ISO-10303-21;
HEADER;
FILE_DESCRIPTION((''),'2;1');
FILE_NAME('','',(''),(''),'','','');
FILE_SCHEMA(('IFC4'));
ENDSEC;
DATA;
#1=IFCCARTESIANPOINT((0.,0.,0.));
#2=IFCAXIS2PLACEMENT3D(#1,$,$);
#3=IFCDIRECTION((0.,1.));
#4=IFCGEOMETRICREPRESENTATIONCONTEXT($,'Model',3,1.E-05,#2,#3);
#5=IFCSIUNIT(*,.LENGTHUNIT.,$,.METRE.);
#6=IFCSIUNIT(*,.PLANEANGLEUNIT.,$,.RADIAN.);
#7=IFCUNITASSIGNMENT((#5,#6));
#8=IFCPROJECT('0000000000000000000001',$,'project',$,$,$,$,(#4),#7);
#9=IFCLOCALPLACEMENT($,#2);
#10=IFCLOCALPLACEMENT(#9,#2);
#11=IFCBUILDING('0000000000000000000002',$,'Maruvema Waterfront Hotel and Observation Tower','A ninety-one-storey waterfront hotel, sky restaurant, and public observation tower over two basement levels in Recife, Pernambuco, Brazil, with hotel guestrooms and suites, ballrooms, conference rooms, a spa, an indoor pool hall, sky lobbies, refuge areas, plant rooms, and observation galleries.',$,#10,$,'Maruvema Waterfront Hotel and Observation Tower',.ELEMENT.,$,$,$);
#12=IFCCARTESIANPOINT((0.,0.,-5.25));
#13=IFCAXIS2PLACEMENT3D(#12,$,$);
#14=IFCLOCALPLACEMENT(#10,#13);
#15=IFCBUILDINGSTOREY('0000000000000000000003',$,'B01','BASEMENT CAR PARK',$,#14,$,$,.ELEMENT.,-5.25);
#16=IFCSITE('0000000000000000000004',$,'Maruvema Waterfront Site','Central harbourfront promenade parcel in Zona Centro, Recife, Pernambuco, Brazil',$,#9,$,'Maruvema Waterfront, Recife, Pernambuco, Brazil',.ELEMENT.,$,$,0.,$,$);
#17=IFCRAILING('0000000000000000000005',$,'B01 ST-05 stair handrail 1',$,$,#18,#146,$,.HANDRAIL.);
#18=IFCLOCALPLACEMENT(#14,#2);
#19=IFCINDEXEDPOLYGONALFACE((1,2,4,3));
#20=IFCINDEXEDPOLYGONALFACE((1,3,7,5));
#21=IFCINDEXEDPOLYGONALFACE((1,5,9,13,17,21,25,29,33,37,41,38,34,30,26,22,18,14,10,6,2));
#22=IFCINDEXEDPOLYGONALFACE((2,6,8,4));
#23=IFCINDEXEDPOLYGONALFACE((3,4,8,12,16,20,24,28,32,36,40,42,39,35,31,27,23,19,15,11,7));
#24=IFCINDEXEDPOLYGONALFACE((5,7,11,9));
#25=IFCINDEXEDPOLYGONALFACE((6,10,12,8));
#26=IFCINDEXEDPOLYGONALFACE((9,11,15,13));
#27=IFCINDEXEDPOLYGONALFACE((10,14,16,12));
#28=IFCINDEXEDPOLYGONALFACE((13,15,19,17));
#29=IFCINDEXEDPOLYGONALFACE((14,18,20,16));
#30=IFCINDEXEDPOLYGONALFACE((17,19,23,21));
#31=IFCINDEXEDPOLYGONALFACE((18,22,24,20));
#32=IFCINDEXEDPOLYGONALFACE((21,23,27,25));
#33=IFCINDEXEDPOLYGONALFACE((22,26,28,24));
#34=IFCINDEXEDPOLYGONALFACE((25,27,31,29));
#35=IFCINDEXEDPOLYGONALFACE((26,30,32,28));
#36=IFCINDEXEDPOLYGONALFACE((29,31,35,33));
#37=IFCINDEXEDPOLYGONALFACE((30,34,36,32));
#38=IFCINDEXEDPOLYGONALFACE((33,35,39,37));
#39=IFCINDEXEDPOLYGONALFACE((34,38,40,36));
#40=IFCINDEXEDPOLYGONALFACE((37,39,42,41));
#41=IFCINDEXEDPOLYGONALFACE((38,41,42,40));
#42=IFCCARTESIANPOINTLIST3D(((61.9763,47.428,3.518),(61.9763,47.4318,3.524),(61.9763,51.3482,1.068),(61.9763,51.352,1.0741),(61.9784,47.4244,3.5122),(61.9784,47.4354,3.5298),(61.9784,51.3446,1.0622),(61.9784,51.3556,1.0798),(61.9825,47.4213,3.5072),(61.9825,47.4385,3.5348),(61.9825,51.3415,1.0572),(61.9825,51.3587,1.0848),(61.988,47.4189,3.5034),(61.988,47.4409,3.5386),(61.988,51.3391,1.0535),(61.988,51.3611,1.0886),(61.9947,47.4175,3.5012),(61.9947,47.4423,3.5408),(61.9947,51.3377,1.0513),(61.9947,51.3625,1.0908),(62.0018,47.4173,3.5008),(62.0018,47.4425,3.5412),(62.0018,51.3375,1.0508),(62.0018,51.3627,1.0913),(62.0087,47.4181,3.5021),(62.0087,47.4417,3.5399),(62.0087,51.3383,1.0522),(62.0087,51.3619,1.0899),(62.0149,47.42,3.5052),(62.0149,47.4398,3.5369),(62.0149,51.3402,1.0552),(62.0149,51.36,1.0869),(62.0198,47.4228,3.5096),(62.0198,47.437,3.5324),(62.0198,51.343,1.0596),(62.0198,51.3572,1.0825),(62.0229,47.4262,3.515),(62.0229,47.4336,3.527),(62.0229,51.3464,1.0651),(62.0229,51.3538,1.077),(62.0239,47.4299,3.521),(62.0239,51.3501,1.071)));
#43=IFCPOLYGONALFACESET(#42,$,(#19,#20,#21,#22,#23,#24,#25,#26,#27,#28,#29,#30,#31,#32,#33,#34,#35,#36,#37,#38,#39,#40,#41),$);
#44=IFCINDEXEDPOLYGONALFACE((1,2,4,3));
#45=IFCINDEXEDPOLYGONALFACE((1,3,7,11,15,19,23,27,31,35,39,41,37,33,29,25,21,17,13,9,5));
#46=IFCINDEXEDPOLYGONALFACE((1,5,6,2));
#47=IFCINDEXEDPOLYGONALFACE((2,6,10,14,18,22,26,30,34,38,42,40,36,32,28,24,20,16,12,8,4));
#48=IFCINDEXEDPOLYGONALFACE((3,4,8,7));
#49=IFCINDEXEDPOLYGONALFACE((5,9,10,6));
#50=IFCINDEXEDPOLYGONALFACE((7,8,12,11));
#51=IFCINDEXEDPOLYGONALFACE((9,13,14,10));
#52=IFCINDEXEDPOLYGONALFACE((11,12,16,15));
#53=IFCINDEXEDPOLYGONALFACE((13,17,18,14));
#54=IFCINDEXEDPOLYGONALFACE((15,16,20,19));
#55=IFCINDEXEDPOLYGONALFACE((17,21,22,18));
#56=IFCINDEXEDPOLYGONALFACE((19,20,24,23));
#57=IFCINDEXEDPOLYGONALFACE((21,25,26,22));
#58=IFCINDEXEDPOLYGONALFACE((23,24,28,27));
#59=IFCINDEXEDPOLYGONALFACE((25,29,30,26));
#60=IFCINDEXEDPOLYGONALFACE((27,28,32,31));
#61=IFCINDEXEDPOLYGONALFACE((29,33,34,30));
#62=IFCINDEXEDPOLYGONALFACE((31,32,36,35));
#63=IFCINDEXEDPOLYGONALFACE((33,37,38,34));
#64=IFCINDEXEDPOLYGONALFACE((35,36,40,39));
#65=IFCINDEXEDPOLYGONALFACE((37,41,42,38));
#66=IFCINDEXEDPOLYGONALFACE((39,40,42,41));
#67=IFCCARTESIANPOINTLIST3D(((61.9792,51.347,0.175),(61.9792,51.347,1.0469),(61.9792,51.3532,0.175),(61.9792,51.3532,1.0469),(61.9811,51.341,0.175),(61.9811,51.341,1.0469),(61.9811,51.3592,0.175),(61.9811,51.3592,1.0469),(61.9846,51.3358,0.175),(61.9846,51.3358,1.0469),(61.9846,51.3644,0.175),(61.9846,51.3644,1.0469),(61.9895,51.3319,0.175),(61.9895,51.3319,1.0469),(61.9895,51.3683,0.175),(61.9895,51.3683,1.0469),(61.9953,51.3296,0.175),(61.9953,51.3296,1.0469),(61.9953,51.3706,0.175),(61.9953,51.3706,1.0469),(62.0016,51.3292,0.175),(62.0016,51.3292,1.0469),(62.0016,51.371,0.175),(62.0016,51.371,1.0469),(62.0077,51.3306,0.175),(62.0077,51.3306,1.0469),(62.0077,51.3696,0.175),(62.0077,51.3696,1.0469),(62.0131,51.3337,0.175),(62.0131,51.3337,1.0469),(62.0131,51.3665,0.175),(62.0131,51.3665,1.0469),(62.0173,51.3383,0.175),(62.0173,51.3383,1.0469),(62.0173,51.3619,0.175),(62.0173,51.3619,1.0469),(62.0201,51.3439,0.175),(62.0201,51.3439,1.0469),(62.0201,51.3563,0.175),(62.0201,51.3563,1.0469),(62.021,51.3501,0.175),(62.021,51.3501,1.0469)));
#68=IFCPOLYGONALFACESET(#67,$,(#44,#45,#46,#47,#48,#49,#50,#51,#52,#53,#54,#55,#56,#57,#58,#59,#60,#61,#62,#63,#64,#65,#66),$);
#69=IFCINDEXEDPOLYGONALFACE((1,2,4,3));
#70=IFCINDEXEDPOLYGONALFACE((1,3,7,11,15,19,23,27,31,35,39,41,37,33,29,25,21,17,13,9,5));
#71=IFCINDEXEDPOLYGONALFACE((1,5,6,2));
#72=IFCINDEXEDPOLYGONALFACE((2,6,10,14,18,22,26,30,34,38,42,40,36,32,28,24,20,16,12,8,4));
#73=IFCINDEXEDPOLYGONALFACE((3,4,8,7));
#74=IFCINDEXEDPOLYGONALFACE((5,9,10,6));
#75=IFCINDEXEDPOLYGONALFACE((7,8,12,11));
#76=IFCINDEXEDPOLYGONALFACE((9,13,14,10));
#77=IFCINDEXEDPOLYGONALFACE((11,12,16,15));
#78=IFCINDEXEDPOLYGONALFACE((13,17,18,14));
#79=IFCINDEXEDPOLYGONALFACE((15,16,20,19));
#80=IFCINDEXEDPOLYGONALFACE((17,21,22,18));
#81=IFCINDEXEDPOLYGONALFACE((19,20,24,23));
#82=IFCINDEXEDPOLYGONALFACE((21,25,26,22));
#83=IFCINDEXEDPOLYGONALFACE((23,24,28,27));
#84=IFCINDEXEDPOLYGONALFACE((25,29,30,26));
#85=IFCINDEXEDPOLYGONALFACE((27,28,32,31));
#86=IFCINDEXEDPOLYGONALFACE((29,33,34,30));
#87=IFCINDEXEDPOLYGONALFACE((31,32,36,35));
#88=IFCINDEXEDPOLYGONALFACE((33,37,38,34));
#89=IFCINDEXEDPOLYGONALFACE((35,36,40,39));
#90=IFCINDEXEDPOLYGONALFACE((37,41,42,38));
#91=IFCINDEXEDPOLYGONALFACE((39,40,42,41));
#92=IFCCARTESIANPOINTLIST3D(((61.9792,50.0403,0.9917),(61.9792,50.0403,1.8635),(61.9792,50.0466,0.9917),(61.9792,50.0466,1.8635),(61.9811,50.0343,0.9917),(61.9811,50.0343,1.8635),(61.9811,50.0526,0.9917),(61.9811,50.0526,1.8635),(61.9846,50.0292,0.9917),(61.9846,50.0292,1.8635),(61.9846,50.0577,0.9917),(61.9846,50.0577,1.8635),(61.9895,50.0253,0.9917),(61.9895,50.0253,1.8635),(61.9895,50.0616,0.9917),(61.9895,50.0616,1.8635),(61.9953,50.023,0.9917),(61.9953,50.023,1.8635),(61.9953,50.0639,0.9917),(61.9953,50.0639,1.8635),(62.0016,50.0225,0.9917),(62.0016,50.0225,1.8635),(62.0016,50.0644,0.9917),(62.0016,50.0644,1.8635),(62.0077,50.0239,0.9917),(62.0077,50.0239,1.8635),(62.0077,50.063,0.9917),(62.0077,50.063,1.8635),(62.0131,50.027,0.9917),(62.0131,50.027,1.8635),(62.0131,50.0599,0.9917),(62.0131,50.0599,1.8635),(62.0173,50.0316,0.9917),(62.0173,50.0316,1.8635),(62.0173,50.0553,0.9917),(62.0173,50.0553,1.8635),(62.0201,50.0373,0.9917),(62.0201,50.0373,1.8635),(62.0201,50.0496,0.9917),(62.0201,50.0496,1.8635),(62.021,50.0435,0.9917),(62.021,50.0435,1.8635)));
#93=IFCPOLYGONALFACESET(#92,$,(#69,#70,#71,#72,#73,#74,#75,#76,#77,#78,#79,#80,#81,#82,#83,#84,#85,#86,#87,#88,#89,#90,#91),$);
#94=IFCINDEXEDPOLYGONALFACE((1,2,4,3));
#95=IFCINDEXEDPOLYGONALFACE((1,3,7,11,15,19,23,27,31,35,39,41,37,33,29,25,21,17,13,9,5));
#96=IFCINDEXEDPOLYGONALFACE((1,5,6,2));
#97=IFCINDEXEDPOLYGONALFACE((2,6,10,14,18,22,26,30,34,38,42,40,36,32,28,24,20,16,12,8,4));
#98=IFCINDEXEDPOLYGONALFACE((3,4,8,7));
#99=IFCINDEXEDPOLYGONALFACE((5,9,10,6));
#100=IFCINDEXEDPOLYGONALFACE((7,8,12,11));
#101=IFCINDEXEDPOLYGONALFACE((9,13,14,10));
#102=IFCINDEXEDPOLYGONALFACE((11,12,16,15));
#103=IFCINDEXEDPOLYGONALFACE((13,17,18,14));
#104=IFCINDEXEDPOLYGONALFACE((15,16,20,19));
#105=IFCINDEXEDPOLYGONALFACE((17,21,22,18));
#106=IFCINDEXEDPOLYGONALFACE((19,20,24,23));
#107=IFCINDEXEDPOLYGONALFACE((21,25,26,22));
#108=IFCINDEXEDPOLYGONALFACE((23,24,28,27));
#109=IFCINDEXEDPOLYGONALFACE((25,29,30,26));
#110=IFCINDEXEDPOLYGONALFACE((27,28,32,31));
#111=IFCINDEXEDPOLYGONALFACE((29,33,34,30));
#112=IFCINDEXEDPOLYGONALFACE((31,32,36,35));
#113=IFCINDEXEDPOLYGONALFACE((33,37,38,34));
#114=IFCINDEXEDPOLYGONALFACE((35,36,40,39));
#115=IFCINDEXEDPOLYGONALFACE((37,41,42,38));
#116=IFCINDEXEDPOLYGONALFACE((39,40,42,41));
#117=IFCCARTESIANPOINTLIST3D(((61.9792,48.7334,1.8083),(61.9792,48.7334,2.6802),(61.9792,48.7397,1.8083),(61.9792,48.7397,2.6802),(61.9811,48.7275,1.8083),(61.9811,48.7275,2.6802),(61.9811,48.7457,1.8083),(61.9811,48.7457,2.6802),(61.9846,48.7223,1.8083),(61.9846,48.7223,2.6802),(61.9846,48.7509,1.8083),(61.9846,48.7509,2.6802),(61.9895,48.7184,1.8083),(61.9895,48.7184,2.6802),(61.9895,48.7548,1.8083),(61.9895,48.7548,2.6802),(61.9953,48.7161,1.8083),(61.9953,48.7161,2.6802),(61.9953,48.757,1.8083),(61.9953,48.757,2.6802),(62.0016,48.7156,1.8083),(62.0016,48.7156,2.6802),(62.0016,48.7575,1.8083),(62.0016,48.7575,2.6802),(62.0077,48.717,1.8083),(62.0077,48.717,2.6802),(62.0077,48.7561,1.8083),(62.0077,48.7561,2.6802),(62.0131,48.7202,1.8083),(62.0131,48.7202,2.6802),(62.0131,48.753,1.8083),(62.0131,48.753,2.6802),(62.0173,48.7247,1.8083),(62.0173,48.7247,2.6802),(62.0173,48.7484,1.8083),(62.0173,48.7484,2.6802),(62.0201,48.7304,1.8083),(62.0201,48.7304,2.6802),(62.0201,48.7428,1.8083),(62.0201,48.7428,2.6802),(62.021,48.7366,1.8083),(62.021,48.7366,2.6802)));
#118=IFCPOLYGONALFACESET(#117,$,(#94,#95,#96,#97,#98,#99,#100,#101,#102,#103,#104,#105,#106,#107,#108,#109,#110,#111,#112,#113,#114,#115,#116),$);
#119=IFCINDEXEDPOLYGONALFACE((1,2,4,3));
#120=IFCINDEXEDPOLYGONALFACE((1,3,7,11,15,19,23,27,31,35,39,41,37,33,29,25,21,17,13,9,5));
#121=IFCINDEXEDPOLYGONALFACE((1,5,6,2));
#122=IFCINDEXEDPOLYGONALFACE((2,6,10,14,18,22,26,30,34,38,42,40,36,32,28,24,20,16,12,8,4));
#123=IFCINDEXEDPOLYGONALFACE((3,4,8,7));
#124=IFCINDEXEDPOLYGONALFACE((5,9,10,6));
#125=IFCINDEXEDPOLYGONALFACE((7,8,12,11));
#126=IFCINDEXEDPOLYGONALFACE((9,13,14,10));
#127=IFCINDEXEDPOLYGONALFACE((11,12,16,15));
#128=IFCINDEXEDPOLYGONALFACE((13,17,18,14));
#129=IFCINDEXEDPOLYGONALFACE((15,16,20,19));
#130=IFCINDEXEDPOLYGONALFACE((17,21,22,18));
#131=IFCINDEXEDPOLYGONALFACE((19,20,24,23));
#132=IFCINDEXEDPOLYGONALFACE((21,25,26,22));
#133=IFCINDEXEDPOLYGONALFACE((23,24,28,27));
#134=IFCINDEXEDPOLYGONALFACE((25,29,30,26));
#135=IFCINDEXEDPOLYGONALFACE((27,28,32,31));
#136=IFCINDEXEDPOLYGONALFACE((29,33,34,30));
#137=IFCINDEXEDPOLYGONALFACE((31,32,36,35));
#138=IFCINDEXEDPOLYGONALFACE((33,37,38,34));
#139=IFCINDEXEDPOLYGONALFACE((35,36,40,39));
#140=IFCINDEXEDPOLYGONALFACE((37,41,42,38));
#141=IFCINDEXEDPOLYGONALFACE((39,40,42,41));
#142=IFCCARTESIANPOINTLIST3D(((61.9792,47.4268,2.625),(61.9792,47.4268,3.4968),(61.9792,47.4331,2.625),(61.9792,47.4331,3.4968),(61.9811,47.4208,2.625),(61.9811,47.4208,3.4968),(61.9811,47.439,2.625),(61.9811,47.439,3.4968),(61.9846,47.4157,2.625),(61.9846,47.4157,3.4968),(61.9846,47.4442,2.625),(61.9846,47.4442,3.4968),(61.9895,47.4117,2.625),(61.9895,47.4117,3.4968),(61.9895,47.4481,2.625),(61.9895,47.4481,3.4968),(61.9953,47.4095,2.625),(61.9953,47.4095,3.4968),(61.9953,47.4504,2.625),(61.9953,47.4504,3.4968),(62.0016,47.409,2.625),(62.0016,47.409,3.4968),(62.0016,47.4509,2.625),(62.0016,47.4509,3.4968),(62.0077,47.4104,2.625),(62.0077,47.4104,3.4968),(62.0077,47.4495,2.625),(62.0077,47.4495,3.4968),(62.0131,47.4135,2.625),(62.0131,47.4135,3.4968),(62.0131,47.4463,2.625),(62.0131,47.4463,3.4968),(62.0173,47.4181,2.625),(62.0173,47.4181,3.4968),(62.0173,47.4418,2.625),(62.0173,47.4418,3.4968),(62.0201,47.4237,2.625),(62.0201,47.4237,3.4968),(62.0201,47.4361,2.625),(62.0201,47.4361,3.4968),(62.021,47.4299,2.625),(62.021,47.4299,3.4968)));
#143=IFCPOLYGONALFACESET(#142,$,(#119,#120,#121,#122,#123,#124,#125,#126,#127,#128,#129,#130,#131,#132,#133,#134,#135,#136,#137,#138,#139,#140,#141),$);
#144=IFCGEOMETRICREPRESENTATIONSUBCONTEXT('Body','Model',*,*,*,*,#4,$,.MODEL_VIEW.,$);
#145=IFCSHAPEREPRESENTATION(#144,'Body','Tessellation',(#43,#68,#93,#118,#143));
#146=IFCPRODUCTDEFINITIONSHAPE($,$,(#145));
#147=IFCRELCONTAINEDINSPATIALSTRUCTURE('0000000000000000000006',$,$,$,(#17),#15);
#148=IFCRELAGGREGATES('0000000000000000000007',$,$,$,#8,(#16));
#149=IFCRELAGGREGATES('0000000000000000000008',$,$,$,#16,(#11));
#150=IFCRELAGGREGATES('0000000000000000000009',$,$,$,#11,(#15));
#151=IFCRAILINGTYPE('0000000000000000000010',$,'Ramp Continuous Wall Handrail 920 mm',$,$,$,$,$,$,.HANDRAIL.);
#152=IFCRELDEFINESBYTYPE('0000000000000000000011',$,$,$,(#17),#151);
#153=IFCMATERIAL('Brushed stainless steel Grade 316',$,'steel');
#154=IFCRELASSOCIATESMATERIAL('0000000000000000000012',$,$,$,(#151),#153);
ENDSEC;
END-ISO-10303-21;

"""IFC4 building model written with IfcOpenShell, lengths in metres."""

from ifc_helpers import new_model, si_unit, direction, frame, origin, origin_2d, place, context, subcontext, project, spatial, circle, extrude, material, type_object, element, save


model = new_model("IFC4")

# Units and contexts
model_context = context("Model", 3, precision=1e-05, world=origin(), true_north=direction((0.0, 1.0)))
body_context = subcontext(model_context, "Body", "Model", "MODEL_VIEW")
ifc_project = project(units=[si_unit("LENGTHUNIT", "METRE"), si_unit("PLANEANGLEUNIT", "RADIAN")], contexts=[model_context])

# Site, building, storey
site_placement = place(None, origin())
site = spatial("IfcSite", under=ifc_project, at=site_placement, Name="Maruvema Waterfront Site", Description="Central harbourfront promenade parcel in Zona Centro, Recife, Pernambuco, Brazil", LongName="Maruvema Waterfront, Recife, Pernambuco, Brazil", CompositionType="ELEMENT", RefElevation=0.0)
building_placement = place(site_placement, origin())
building = spatial("IfcBuilding", under=site, at=building_placement, Name="Maruvema Waterfront Hotel and Observation Tower", Description="A ninety-one-storey waterfront hotel, sky restaurant, and public observation tower over two basement levels in Recife, Pernambuco, Brazil, with hotel guestrooms and suites, ballrooms, conference rooms, a spa, an indoor pool hall, sky lobbies, refuge areas, plant rooms, and observation galleries.", LongName="Maruvema Waterfront Hotel and Observation Tower", CompositionType="ELEMENT")
storey_placement = place(building_placement, frame((0.0, 0.0, -5.25)))
storey = spatial("IfcBuildingStorey", under=building, at=storey_placement, Name="B01", Description="BASEMENT CAR PARK", CompositionType="ELEMENT", Elevation=-5.25)

# Railing
ifc_material_1 = material(Name="Brushed stainless steel Grade 316", Category="steel")
railing_type_1 = type_object("IfcRailingType", Name="Ramp Continuous Wall Handrail 920 mm", PredefinedType="HANDRAIL", material=ifc_material_1)
railing_1_placement = place(storey_placement, frame((62.0, 51.3501, 0.175)))
element("IfcRailing", 1, at=railing_1_placement, inside=storey, type_object=railing_type_1, Name="B01 ST-05 stair handrail 1", PredefinedType="HANDRAIL", context=body_context, shape_type="SweptSolid", body=[
    extrude(circle(Radius=0.0239, at=origin_2d()), frame((0.0, 0.0, 0.896), z_axis=(0.0, -0.848013, 0.529975), x_axis=(1.0, 0.0, 0.0)), (0.0, 0.0, 1.0), 4.6228),
    extrude(circle(Radius=0.021, at=origin_2d()), origin(), (0.0, 0.0, 1.0), 0.8718),
    extrude(circle(Radius=0.021, at=origin_2d()), frame((0.0, -1.3066, 0.8167)), (0.0, 0.0, 1.0), 0.8718),
    extrude(circle(Radius=0.021, at=origin_2d()), frame((0.0, -2.6135, 1.6333)), (0.0, 0.0, 1.0), 0.8718),
    extrude(circle(Radius=0.021, at=origin_2d()), frame((0.0, -3.9202, 2.45)), (0.0, 0.0, 1.0), 0.8718),
])

save(model, "model.ifc")
